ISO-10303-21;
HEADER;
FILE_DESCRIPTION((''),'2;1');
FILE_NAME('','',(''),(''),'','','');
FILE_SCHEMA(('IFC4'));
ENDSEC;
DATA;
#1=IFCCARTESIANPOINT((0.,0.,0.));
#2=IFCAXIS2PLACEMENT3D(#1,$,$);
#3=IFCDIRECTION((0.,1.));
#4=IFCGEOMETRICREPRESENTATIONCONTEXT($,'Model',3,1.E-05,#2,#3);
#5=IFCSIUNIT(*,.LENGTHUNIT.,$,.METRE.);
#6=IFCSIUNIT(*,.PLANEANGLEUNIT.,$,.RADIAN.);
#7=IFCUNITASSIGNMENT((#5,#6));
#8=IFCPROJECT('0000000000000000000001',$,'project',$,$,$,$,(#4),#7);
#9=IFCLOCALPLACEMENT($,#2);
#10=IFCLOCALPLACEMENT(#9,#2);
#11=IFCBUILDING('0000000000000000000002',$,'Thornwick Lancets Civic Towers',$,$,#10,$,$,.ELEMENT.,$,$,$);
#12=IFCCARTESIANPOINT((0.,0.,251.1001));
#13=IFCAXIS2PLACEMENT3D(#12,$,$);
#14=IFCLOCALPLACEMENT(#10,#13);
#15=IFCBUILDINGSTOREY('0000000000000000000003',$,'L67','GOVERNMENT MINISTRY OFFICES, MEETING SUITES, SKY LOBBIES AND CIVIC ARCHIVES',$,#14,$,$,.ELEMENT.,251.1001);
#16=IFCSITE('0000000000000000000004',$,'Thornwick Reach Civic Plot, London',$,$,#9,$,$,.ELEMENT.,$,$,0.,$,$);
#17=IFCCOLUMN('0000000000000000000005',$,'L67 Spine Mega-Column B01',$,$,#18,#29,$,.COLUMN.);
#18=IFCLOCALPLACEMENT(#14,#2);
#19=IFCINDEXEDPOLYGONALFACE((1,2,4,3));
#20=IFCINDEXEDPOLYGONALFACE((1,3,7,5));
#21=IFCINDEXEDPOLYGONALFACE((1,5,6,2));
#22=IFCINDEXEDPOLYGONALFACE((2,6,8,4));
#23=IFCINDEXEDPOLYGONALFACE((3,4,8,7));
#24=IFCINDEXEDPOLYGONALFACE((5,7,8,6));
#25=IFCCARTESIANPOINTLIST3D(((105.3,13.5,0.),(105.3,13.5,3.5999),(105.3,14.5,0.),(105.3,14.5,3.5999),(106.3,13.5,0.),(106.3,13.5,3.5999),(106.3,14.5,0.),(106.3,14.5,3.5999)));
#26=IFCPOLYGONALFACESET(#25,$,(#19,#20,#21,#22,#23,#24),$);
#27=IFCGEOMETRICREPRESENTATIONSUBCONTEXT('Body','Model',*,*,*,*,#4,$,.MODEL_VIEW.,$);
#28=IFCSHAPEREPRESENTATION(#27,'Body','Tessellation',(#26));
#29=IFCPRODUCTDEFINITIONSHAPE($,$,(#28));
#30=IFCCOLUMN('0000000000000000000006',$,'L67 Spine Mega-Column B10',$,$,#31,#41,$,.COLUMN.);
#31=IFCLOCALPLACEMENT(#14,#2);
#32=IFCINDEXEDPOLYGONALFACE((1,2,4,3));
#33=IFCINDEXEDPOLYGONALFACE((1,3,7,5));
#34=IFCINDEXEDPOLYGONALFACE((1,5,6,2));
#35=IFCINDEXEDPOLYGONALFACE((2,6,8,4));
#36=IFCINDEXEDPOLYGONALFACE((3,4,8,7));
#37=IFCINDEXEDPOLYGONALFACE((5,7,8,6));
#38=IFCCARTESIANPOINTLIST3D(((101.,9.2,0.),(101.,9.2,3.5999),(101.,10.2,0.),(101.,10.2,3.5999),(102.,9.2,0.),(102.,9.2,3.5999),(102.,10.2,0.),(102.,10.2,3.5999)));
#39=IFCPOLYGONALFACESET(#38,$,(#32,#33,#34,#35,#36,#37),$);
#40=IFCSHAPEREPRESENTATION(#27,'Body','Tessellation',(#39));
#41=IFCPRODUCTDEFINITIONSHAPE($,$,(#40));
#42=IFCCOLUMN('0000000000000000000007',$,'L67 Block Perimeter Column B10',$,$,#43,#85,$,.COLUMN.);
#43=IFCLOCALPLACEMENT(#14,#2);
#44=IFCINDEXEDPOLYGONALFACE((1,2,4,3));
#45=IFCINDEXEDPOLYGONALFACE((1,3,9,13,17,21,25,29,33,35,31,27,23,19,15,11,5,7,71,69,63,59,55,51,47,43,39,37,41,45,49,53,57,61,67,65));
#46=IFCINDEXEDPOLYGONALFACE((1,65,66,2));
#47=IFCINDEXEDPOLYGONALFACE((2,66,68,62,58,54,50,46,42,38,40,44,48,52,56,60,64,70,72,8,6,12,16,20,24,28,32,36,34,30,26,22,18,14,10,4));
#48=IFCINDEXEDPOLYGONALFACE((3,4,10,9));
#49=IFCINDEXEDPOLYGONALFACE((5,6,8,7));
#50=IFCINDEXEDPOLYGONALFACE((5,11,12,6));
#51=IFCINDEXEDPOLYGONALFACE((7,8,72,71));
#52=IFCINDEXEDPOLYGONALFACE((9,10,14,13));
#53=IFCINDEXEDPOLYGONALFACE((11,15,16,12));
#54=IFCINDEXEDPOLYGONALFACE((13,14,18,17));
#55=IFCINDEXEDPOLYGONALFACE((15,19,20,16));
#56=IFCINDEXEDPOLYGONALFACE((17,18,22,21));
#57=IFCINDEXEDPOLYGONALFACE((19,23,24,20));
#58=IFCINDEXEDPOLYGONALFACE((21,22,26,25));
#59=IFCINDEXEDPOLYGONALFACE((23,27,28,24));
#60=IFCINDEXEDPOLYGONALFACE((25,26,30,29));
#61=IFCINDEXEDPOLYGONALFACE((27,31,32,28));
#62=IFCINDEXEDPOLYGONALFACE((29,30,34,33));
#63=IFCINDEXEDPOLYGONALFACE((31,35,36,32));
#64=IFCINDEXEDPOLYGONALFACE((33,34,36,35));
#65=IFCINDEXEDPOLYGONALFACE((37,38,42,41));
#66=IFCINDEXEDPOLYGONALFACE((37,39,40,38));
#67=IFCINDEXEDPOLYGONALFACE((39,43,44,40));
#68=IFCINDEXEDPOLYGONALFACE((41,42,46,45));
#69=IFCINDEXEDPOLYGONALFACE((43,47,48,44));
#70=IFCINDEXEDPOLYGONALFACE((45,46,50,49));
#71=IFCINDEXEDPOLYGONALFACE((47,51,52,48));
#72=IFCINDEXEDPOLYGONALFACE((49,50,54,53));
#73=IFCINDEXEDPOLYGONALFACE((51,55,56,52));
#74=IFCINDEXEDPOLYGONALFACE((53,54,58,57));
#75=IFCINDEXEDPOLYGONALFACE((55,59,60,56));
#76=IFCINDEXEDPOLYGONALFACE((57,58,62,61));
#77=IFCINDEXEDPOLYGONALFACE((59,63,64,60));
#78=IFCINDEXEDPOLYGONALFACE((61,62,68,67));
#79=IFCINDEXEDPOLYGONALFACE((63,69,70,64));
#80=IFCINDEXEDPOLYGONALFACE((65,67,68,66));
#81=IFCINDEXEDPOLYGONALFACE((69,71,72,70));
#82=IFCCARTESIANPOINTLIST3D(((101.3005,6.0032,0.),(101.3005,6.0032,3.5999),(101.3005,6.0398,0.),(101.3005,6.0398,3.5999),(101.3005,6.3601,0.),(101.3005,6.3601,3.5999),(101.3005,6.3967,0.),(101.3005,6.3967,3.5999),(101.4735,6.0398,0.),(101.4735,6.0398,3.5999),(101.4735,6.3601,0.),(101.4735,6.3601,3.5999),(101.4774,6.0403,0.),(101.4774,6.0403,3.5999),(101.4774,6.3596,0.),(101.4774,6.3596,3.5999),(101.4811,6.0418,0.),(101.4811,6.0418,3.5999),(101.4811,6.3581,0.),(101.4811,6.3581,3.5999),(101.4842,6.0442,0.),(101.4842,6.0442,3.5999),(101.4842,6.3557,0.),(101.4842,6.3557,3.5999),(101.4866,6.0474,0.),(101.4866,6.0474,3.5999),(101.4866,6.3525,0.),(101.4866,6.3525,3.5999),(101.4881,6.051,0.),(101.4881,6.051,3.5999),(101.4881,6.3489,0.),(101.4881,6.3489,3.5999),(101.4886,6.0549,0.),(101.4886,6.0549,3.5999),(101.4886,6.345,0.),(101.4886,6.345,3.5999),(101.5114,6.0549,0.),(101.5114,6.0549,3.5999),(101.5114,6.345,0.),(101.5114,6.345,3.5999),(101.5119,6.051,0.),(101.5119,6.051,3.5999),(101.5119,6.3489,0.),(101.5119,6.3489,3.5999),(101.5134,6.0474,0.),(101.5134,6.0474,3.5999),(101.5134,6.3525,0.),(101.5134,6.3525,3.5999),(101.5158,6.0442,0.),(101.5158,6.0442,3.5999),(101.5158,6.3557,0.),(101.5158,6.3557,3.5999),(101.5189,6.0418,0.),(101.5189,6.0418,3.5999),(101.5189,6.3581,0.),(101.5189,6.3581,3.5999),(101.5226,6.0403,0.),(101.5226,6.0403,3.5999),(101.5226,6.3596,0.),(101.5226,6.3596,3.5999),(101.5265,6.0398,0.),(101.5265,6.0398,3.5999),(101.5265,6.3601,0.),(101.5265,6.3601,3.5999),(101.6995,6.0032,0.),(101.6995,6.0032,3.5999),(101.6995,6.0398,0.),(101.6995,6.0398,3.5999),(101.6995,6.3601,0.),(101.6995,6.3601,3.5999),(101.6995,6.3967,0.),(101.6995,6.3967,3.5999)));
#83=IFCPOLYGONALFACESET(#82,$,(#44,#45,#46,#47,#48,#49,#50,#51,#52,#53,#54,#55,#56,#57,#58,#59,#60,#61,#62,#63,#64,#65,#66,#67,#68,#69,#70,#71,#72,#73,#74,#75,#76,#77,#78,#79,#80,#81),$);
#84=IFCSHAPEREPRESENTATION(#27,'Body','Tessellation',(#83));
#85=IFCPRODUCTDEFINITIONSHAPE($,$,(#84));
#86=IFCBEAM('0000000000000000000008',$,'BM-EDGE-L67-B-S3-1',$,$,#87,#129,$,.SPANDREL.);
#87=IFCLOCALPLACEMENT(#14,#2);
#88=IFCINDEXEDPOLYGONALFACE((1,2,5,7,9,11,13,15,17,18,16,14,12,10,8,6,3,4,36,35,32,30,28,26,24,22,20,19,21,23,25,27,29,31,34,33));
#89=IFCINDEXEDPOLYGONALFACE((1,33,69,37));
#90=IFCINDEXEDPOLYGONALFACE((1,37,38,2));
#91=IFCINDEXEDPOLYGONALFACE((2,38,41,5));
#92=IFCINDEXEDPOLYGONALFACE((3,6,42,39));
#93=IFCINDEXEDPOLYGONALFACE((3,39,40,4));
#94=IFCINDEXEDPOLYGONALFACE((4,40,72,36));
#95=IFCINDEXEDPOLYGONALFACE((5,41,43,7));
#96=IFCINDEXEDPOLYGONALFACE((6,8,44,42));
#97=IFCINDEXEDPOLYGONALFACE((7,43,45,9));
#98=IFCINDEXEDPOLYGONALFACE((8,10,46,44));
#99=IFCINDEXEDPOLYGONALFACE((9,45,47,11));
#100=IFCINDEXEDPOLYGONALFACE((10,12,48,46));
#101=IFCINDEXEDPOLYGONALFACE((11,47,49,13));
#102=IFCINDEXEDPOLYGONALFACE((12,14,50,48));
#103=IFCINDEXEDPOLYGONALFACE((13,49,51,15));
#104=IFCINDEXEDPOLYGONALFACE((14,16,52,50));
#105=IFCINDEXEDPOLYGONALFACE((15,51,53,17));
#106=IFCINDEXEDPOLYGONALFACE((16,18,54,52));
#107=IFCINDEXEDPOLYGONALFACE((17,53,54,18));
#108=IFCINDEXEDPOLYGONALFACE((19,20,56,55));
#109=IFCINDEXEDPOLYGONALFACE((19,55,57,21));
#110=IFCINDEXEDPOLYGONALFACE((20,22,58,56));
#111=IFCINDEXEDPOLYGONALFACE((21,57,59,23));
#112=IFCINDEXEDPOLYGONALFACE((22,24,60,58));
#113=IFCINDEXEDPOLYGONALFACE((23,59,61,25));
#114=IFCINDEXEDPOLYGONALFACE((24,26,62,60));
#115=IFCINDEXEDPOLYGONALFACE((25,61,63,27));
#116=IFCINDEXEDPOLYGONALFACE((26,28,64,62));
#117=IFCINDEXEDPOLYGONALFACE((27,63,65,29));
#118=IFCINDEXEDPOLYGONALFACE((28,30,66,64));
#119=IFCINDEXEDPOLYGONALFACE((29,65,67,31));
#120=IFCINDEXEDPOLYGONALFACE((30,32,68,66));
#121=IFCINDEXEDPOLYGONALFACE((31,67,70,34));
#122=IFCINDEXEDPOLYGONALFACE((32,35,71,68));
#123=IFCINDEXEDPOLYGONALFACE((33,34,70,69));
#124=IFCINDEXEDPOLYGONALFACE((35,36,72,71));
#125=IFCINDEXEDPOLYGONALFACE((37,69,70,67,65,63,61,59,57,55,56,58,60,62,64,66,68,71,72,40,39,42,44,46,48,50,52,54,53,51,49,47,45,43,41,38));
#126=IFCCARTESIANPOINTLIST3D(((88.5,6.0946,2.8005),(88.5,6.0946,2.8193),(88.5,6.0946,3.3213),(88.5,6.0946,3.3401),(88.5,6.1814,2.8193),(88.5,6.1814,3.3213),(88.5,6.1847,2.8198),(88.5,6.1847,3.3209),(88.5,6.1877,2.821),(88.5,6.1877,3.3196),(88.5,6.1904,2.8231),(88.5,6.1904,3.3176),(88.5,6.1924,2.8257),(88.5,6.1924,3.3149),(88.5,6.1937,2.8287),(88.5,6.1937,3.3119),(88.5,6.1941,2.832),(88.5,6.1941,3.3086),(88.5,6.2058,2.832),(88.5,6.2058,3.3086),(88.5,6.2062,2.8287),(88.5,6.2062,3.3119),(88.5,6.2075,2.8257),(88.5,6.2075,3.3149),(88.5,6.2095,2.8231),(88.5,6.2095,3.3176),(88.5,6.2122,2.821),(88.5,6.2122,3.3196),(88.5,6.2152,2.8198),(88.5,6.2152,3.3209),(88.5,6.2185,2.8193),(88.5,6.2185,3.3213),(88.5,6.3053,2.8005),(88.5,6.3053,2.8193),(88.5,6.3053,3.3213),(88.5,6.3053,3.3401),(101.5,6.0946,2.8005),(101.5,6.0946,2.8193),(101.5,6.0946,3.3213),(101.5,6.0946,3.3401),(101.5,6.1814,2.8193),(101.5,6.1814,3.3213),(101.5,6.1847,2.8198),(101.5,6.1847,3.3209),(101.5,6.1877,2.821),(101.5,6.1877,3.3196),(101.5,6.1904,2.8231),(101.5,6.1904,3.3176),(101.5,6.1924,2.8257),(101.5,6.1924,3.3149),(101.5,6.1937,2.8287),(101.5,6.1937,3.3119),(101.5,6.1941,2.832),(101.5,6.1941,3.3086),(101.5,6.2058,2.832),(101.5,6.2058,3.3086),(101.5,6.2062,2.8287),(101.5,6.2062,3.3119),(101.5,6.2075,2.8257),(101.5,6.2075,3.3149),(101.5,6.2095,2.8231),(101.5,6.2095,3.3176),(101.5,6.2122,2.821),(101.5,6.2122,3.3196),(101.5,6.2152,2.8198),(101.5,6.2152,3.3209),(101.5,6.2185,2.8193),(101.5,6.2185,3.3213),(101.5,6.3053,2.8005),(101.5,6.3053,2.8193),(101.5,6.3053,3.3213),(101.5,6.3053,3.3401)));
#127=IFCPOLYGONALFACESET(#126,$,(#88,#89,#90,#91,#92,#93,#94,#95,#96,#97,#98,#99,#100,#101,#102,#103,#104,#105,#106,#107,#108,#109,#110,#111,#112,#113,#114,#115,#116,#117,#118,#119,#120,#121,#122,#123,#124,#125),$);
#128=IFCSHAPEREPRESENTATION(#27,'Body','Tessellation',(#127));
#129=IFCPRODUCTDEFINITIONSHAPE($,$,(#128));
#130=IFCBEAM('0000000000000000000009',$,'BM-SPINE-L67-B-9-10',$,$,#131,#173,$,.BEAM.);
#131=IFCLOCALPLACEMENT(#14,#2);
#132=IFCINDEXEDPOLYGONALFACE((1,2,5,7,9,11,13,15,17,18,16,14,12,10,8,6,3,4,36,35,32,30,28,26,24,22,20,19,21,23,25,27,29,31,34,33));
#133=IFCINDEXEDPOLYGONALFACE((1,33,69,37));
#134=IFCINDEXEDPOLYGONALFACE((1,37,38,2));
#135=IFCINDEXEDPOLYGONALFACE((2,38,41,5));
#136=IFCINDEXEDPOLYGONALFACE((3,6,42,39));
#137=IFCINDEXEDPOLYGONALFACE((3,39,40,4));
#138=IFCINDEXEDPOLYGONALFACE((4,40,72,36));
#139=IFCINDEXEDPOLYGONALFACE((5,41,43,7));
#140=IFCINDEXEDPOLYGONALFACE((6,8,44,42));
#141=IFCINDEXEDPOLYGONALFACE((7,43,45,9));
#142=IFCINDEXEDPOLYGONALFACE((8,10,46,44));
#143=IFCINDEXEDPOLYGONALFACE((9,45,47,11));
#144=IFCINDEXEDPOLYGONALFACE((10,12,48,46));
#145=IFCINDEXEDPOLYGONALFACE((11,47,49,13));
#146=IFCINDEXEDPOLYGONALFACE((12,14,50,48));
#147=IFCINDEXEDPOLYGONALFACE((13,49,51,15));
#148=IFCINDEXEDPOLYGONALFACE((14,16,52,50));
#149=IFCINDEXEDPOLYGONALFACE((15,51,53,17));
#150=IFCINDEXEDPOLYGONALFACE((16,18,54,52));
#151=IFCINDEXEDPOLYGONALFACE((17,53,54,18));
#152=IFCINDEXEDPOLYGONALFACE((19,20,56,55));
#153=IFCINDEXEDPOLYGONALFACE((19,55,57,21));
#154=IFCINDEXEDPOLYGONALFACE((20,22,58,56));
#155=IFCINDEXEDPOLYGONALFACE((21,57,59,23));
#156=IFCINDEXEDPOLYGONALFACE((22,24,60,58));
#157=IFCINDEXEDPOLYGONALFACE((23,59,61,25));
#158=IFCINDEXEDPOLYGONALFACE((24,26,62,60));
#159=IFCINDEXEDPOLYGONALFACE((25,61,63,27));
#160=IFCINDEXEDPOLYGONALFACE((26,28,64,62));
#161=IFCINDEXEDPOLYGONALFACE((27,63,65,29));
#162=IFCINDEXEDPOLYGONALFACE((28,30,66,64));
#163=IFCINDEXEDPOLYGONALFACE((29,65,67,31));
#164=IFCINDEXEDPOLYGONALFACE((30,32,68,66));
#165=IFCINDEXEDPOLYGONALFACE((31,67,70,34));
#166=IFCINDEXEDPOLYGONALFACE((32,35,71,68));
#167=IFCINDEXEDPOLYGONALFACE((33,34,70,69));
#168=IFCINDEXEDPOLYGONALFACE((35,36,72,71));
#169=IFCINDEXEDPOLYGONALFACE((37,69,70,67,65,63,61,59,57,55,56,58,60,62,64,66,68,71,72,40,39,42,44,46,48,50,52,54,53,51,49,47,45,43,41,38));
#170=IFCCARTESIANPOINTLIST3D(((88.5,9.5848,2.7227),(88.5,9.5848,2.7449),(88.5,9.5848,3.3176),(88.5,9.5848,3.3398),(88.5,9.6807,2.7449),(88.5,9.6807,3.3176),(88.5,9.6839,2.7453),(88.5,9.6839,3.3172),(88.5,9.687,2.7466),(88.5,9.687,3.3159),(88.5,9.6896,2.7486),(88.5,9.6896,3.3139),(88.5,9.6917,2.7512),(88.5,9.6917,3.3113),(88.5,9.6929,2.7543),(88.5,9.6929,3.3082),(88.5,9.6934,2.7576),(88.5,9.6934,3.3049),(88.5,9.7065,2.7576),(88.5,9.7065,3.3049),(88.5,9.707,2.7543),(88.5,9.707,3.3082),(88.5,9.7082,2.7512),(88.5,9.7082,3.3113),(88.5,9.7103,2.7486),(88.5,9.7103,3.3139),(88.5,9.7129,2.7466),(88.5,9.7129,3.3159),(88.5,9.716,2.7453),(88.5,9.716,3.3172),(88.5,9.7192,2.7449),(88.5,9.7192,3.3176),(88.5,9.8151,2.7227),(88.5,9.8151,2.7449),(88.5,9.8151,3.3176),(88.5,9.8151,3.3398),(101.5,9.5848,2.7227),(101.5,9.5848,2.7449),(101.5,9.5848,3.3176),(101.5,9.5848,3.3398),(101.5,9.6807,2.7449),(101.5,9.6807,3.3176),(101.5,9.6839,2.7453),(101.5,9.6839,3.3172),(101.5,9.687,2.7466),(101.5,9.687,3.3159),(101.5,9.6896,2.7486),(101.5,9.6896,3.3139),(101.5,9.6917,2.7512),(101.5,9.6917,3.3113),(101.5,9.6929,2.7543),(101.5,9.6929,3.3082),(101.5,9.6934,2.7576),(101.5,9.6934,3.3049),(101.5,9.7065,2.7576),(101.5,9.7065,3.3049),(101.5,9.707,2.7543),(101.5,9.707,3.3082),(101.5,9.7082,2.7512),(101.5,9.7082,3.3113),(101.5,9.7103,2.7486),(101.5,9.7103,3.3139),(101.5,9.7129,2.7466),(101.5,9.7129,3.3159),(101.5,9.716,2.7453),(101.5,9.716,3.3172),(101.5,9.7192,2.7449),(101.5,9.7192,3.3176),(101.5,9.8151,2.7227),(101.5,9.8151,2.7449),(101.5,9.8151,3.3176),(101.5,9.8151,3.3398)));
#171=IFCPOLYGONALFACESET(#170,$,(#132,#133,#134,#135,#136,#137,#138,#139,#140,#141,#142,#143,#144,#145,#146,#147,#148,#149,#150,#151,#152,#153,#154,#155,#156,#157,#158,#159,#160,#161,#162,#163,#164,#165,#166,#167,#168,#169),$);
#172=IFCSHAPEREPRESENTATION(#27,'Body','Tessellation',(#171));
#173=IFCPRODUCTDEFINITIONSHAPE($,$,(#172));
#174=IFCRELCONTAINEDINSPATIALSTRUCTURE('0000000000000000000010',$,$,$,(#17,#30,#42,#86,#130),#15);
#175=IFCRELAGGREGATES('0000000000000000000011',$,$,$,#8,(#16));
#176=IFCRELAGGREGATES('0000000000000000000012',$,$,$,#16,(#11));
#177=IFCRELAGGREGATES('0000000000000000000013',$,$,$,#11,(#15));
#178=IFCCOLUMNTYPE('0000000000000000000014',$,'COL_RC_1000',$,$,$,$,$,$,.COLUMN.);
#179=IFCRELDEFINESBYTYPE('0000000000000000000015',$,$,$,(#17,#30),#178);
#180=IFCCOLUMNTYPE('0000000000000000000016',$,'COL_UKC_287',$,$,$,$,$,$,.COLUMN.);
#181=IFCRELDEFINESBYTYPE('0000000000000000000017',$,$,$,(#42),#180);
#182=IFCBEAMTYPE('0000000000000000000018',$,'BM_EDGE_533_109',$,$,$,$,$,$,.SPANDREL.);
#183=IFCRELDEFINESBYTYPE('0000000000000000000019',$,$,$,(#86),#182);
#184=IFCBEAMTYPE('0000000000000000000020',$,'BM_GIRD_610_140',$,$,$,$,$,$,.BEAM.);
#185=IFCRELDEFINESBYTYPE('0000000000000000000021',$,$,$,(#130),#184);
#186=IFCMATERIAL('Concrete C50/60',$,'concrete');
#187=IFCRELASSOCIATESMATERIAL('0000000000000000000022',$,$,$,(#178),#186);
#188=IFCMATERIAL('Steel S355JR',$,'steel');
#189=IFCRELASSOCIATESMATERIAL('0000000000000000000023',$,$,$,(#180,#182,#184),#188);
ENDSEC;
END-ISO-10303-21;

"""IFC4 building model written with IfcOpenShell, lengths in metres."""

from ifc_helpers import new_model, si_unit, direction, frame, origin, origin_2d, place, context, subcontext, project, spatial, rectangle, i_section, extrude, material, material_profile, profile_set, type_object, element, save


model = new_model("IFC4")

# Units and contexts
model_context = context("Model", 3, precision=1e-05, world=origin(), true_north=direction((0.0, 1.0)))
body_context = subcontext(model_context, "Body", "Model", "MODEL_VIEW")
ifc_project = project(units=[si_unit("LENGTHUNIT", "METRE"), si_unit("PLANEANGLEUNIT", "RADIAN")], contexts=[model_context])

# Site, building, storey
site_placement = place(None, origin())
site = spatial("IfcSite", under=ifc_project, at=site_placement, Name="Thornwick Reach Civic Plot, London", CompositionType="ELEMENT", RefElevation=0.0)
building_placement = place(site_placement, origin())
building = spatial("IfcBuilding", under=site, at=building_placement, Name="Thornwick Lancets Civic Towers", CompositionType="ELEMENT")
storey_placement = place(building_placement, frame((0.0, 0.0, 251.1001)))
storey = spatial("IfcBuildingStorey", under=building, at=storey_placement, Name="L67", Description="GOVERNMENT MINISTRY OFFICES, MEETING SUITES, SKY LOBBIES AND CIVIC ARCHIVES", CompositionType="ELEMENT", Elevation=251.1001)

# Columns
ifc_material_1 = material(Name="Concrete C50/60", Category="concrete")
ifc_material_profile_1 = material_profile(ifc_material_1, rectangle(XDim=1.0, YDim=1.0, at=origin_2d()), Name="RC 1000x1000")
ifc_profile_set_1 = profile_set([ifc_material_profile_1], Name="Concrete C50/60")
column_type_1 = type_object("IfcColumnType", Name="COL_RC_1000", PredefinedType="COLUMN", material=ifc_profile_set_1)
for number, where, z_axis, x_axis, name in (
    (1, (105.8, 14.0, 0.0), (0.0, 0.0, 1.0), (1.0, 0.0, 0.0), "L67 Spine Mega-Column B01"),
    (2, (101.5, 9.7, 0.0), (0.0, 0.0, 1.0), (1.0, 0.0, 0.0), "L67 Spine Mega-Column B10"),
):
    element("IfcColumn", number, at=place(storey_placement, frame(where, z_axis=z_axis, x_axis=x_axis)), inside=storey, type_object=column_type_1, Name=name, PredefinedType="COLUMN", context=body_context, shape_type="SweptSolid", body=[
        extrude(rectangle(XDim=1.0, YDim=1.0, at=origin_2d()), origin(), (0.0, 0.0, 1.0), 3.5999),
    ])
ifc_material_2 = material(Name="Steel S355JR", Category="steel")
ifc_material_profile_2 = material_profile(ifc_material_2, i_section(OverallWidth=0.3989, OverallDepth=0.3936, WebThickness=0.0227, FlangeThickness=0.0366, FilletRadius=0.0151, at=origin_2d()), Name="UKC 356x406x287")
ifc_profile_set_2 = profile_set([ifc_material_profile_2], Name="Steel S355JR")
column_type_2 = type_object("IfcColumnType", Name="COL_UKC_287", PredefinedType="COLUMN", material=ifc_profile_set_2)
column_placement = place(storey_placement, frame((101.5, 6.2, 0.0), z_axis=(0.0, 0.0, 1.0), x_axis=(1.0, 0.0, 0.0)))
element("IfcColumn", 3, at=column_placement, inside=storey, type_object=column_type_2, Name="L67 Block Perimeter Column B10", PredefinedType="COLUMN", context=body_context, shape_type="SweptSolid", body=[
    extrude(i_section(OverallWidth=0.3989, OverallDepth=0.3936, WebThickness=0.0227, FlangeThickness=0.0366, FilletRadius=0.0151, at=origin_2d()), origin(), (0.0, 0.0, 1.0), 3.5999),
])

# Beams
ifc_material_profile_3 = material_profile(ifc_material_2, i_section(OverallWidth=0.2107, OverallDepth=0.5396, WebThickness=0.0117, FlangeThickness=0.0188, FilletRadius=0.0127, at=origin_2d()), Name="UKB 533x210x109")
ifc_profile_set_3 = profile_set([ifc_material_profile_3], Name="Steel S355JR")
beam_type_1 = type_object("IfcBeamType", Name="BM_EDGE_533_109", PredefinedType="SPANDREL", material=ifc_profile_set_3)
beam_1_placement = place(storey_placement, frame((101.5, 6.2, 3.0703), z_axis=(-1.0, 0.0, 0.0), x_axis=(0.0, -1.0, 0.0)))
element("IfcBeam", 4, at=beam_1_placement, inside=storey, type_object=beam_type_1, Name="BM-EDGE-L67-B-S3-1", PredefinedType="SPANDREL", context=body_context, shape_type="SweptSolid", body=[
    extrude(i_section(OverallWidth=0.2107, OverallDepth=0.5396, WebThickness=0.0117, FlangeThickness=0.0188, FilletRadius=0.0127, at=origin_2d()), origin(), (0.0, 0.0, 1.0), 13.0),
])
ifc_material_profile_4 = material_profile(ifc_material_2, i_section(OverallWidth=0.2302, OverallDepth=0.6172, WebThickness=0.0132, FlangeThickness=0.0222, FilletRadius=0.0127, at=origin_2d()), Name="UKB 610x229x140")
ifc_profile_set_4 = profile_set([ifc_material_profile_4], Name="Steel S355JR")
beam_type_2 = type_object("IfcBeamType", Name="BM_GIRD_610_140", PredefinedType="BEAM", material=ifc_profile_set_4)
beam_2_placement = place(storey_placement, frame((101.5, 9.7, 3.0312), z_axis=(-1.0, 0.0, 0.0), x_axis=(0.0, -1.0, 0.0)))
element("IfcBeam", 5, at=beam_2_placement, inside=storey, type_object=beam_type_2, Name="BM-SPINE-L67-B-9-10", PredefinedType="BEAM", context=body_context, shape_type="SweptSolid", body=[
    extrude(i_section(OverallWidth=0.2302, OverallDepth=0.6172, WebThickness=0.0132, FlangeThickness=0.0222, FilletRadius=0.0127, at=origin_2d()), origin(), (0.0, 0.0, 1.0), 13.0),
])

save(model, "model.ifc")
